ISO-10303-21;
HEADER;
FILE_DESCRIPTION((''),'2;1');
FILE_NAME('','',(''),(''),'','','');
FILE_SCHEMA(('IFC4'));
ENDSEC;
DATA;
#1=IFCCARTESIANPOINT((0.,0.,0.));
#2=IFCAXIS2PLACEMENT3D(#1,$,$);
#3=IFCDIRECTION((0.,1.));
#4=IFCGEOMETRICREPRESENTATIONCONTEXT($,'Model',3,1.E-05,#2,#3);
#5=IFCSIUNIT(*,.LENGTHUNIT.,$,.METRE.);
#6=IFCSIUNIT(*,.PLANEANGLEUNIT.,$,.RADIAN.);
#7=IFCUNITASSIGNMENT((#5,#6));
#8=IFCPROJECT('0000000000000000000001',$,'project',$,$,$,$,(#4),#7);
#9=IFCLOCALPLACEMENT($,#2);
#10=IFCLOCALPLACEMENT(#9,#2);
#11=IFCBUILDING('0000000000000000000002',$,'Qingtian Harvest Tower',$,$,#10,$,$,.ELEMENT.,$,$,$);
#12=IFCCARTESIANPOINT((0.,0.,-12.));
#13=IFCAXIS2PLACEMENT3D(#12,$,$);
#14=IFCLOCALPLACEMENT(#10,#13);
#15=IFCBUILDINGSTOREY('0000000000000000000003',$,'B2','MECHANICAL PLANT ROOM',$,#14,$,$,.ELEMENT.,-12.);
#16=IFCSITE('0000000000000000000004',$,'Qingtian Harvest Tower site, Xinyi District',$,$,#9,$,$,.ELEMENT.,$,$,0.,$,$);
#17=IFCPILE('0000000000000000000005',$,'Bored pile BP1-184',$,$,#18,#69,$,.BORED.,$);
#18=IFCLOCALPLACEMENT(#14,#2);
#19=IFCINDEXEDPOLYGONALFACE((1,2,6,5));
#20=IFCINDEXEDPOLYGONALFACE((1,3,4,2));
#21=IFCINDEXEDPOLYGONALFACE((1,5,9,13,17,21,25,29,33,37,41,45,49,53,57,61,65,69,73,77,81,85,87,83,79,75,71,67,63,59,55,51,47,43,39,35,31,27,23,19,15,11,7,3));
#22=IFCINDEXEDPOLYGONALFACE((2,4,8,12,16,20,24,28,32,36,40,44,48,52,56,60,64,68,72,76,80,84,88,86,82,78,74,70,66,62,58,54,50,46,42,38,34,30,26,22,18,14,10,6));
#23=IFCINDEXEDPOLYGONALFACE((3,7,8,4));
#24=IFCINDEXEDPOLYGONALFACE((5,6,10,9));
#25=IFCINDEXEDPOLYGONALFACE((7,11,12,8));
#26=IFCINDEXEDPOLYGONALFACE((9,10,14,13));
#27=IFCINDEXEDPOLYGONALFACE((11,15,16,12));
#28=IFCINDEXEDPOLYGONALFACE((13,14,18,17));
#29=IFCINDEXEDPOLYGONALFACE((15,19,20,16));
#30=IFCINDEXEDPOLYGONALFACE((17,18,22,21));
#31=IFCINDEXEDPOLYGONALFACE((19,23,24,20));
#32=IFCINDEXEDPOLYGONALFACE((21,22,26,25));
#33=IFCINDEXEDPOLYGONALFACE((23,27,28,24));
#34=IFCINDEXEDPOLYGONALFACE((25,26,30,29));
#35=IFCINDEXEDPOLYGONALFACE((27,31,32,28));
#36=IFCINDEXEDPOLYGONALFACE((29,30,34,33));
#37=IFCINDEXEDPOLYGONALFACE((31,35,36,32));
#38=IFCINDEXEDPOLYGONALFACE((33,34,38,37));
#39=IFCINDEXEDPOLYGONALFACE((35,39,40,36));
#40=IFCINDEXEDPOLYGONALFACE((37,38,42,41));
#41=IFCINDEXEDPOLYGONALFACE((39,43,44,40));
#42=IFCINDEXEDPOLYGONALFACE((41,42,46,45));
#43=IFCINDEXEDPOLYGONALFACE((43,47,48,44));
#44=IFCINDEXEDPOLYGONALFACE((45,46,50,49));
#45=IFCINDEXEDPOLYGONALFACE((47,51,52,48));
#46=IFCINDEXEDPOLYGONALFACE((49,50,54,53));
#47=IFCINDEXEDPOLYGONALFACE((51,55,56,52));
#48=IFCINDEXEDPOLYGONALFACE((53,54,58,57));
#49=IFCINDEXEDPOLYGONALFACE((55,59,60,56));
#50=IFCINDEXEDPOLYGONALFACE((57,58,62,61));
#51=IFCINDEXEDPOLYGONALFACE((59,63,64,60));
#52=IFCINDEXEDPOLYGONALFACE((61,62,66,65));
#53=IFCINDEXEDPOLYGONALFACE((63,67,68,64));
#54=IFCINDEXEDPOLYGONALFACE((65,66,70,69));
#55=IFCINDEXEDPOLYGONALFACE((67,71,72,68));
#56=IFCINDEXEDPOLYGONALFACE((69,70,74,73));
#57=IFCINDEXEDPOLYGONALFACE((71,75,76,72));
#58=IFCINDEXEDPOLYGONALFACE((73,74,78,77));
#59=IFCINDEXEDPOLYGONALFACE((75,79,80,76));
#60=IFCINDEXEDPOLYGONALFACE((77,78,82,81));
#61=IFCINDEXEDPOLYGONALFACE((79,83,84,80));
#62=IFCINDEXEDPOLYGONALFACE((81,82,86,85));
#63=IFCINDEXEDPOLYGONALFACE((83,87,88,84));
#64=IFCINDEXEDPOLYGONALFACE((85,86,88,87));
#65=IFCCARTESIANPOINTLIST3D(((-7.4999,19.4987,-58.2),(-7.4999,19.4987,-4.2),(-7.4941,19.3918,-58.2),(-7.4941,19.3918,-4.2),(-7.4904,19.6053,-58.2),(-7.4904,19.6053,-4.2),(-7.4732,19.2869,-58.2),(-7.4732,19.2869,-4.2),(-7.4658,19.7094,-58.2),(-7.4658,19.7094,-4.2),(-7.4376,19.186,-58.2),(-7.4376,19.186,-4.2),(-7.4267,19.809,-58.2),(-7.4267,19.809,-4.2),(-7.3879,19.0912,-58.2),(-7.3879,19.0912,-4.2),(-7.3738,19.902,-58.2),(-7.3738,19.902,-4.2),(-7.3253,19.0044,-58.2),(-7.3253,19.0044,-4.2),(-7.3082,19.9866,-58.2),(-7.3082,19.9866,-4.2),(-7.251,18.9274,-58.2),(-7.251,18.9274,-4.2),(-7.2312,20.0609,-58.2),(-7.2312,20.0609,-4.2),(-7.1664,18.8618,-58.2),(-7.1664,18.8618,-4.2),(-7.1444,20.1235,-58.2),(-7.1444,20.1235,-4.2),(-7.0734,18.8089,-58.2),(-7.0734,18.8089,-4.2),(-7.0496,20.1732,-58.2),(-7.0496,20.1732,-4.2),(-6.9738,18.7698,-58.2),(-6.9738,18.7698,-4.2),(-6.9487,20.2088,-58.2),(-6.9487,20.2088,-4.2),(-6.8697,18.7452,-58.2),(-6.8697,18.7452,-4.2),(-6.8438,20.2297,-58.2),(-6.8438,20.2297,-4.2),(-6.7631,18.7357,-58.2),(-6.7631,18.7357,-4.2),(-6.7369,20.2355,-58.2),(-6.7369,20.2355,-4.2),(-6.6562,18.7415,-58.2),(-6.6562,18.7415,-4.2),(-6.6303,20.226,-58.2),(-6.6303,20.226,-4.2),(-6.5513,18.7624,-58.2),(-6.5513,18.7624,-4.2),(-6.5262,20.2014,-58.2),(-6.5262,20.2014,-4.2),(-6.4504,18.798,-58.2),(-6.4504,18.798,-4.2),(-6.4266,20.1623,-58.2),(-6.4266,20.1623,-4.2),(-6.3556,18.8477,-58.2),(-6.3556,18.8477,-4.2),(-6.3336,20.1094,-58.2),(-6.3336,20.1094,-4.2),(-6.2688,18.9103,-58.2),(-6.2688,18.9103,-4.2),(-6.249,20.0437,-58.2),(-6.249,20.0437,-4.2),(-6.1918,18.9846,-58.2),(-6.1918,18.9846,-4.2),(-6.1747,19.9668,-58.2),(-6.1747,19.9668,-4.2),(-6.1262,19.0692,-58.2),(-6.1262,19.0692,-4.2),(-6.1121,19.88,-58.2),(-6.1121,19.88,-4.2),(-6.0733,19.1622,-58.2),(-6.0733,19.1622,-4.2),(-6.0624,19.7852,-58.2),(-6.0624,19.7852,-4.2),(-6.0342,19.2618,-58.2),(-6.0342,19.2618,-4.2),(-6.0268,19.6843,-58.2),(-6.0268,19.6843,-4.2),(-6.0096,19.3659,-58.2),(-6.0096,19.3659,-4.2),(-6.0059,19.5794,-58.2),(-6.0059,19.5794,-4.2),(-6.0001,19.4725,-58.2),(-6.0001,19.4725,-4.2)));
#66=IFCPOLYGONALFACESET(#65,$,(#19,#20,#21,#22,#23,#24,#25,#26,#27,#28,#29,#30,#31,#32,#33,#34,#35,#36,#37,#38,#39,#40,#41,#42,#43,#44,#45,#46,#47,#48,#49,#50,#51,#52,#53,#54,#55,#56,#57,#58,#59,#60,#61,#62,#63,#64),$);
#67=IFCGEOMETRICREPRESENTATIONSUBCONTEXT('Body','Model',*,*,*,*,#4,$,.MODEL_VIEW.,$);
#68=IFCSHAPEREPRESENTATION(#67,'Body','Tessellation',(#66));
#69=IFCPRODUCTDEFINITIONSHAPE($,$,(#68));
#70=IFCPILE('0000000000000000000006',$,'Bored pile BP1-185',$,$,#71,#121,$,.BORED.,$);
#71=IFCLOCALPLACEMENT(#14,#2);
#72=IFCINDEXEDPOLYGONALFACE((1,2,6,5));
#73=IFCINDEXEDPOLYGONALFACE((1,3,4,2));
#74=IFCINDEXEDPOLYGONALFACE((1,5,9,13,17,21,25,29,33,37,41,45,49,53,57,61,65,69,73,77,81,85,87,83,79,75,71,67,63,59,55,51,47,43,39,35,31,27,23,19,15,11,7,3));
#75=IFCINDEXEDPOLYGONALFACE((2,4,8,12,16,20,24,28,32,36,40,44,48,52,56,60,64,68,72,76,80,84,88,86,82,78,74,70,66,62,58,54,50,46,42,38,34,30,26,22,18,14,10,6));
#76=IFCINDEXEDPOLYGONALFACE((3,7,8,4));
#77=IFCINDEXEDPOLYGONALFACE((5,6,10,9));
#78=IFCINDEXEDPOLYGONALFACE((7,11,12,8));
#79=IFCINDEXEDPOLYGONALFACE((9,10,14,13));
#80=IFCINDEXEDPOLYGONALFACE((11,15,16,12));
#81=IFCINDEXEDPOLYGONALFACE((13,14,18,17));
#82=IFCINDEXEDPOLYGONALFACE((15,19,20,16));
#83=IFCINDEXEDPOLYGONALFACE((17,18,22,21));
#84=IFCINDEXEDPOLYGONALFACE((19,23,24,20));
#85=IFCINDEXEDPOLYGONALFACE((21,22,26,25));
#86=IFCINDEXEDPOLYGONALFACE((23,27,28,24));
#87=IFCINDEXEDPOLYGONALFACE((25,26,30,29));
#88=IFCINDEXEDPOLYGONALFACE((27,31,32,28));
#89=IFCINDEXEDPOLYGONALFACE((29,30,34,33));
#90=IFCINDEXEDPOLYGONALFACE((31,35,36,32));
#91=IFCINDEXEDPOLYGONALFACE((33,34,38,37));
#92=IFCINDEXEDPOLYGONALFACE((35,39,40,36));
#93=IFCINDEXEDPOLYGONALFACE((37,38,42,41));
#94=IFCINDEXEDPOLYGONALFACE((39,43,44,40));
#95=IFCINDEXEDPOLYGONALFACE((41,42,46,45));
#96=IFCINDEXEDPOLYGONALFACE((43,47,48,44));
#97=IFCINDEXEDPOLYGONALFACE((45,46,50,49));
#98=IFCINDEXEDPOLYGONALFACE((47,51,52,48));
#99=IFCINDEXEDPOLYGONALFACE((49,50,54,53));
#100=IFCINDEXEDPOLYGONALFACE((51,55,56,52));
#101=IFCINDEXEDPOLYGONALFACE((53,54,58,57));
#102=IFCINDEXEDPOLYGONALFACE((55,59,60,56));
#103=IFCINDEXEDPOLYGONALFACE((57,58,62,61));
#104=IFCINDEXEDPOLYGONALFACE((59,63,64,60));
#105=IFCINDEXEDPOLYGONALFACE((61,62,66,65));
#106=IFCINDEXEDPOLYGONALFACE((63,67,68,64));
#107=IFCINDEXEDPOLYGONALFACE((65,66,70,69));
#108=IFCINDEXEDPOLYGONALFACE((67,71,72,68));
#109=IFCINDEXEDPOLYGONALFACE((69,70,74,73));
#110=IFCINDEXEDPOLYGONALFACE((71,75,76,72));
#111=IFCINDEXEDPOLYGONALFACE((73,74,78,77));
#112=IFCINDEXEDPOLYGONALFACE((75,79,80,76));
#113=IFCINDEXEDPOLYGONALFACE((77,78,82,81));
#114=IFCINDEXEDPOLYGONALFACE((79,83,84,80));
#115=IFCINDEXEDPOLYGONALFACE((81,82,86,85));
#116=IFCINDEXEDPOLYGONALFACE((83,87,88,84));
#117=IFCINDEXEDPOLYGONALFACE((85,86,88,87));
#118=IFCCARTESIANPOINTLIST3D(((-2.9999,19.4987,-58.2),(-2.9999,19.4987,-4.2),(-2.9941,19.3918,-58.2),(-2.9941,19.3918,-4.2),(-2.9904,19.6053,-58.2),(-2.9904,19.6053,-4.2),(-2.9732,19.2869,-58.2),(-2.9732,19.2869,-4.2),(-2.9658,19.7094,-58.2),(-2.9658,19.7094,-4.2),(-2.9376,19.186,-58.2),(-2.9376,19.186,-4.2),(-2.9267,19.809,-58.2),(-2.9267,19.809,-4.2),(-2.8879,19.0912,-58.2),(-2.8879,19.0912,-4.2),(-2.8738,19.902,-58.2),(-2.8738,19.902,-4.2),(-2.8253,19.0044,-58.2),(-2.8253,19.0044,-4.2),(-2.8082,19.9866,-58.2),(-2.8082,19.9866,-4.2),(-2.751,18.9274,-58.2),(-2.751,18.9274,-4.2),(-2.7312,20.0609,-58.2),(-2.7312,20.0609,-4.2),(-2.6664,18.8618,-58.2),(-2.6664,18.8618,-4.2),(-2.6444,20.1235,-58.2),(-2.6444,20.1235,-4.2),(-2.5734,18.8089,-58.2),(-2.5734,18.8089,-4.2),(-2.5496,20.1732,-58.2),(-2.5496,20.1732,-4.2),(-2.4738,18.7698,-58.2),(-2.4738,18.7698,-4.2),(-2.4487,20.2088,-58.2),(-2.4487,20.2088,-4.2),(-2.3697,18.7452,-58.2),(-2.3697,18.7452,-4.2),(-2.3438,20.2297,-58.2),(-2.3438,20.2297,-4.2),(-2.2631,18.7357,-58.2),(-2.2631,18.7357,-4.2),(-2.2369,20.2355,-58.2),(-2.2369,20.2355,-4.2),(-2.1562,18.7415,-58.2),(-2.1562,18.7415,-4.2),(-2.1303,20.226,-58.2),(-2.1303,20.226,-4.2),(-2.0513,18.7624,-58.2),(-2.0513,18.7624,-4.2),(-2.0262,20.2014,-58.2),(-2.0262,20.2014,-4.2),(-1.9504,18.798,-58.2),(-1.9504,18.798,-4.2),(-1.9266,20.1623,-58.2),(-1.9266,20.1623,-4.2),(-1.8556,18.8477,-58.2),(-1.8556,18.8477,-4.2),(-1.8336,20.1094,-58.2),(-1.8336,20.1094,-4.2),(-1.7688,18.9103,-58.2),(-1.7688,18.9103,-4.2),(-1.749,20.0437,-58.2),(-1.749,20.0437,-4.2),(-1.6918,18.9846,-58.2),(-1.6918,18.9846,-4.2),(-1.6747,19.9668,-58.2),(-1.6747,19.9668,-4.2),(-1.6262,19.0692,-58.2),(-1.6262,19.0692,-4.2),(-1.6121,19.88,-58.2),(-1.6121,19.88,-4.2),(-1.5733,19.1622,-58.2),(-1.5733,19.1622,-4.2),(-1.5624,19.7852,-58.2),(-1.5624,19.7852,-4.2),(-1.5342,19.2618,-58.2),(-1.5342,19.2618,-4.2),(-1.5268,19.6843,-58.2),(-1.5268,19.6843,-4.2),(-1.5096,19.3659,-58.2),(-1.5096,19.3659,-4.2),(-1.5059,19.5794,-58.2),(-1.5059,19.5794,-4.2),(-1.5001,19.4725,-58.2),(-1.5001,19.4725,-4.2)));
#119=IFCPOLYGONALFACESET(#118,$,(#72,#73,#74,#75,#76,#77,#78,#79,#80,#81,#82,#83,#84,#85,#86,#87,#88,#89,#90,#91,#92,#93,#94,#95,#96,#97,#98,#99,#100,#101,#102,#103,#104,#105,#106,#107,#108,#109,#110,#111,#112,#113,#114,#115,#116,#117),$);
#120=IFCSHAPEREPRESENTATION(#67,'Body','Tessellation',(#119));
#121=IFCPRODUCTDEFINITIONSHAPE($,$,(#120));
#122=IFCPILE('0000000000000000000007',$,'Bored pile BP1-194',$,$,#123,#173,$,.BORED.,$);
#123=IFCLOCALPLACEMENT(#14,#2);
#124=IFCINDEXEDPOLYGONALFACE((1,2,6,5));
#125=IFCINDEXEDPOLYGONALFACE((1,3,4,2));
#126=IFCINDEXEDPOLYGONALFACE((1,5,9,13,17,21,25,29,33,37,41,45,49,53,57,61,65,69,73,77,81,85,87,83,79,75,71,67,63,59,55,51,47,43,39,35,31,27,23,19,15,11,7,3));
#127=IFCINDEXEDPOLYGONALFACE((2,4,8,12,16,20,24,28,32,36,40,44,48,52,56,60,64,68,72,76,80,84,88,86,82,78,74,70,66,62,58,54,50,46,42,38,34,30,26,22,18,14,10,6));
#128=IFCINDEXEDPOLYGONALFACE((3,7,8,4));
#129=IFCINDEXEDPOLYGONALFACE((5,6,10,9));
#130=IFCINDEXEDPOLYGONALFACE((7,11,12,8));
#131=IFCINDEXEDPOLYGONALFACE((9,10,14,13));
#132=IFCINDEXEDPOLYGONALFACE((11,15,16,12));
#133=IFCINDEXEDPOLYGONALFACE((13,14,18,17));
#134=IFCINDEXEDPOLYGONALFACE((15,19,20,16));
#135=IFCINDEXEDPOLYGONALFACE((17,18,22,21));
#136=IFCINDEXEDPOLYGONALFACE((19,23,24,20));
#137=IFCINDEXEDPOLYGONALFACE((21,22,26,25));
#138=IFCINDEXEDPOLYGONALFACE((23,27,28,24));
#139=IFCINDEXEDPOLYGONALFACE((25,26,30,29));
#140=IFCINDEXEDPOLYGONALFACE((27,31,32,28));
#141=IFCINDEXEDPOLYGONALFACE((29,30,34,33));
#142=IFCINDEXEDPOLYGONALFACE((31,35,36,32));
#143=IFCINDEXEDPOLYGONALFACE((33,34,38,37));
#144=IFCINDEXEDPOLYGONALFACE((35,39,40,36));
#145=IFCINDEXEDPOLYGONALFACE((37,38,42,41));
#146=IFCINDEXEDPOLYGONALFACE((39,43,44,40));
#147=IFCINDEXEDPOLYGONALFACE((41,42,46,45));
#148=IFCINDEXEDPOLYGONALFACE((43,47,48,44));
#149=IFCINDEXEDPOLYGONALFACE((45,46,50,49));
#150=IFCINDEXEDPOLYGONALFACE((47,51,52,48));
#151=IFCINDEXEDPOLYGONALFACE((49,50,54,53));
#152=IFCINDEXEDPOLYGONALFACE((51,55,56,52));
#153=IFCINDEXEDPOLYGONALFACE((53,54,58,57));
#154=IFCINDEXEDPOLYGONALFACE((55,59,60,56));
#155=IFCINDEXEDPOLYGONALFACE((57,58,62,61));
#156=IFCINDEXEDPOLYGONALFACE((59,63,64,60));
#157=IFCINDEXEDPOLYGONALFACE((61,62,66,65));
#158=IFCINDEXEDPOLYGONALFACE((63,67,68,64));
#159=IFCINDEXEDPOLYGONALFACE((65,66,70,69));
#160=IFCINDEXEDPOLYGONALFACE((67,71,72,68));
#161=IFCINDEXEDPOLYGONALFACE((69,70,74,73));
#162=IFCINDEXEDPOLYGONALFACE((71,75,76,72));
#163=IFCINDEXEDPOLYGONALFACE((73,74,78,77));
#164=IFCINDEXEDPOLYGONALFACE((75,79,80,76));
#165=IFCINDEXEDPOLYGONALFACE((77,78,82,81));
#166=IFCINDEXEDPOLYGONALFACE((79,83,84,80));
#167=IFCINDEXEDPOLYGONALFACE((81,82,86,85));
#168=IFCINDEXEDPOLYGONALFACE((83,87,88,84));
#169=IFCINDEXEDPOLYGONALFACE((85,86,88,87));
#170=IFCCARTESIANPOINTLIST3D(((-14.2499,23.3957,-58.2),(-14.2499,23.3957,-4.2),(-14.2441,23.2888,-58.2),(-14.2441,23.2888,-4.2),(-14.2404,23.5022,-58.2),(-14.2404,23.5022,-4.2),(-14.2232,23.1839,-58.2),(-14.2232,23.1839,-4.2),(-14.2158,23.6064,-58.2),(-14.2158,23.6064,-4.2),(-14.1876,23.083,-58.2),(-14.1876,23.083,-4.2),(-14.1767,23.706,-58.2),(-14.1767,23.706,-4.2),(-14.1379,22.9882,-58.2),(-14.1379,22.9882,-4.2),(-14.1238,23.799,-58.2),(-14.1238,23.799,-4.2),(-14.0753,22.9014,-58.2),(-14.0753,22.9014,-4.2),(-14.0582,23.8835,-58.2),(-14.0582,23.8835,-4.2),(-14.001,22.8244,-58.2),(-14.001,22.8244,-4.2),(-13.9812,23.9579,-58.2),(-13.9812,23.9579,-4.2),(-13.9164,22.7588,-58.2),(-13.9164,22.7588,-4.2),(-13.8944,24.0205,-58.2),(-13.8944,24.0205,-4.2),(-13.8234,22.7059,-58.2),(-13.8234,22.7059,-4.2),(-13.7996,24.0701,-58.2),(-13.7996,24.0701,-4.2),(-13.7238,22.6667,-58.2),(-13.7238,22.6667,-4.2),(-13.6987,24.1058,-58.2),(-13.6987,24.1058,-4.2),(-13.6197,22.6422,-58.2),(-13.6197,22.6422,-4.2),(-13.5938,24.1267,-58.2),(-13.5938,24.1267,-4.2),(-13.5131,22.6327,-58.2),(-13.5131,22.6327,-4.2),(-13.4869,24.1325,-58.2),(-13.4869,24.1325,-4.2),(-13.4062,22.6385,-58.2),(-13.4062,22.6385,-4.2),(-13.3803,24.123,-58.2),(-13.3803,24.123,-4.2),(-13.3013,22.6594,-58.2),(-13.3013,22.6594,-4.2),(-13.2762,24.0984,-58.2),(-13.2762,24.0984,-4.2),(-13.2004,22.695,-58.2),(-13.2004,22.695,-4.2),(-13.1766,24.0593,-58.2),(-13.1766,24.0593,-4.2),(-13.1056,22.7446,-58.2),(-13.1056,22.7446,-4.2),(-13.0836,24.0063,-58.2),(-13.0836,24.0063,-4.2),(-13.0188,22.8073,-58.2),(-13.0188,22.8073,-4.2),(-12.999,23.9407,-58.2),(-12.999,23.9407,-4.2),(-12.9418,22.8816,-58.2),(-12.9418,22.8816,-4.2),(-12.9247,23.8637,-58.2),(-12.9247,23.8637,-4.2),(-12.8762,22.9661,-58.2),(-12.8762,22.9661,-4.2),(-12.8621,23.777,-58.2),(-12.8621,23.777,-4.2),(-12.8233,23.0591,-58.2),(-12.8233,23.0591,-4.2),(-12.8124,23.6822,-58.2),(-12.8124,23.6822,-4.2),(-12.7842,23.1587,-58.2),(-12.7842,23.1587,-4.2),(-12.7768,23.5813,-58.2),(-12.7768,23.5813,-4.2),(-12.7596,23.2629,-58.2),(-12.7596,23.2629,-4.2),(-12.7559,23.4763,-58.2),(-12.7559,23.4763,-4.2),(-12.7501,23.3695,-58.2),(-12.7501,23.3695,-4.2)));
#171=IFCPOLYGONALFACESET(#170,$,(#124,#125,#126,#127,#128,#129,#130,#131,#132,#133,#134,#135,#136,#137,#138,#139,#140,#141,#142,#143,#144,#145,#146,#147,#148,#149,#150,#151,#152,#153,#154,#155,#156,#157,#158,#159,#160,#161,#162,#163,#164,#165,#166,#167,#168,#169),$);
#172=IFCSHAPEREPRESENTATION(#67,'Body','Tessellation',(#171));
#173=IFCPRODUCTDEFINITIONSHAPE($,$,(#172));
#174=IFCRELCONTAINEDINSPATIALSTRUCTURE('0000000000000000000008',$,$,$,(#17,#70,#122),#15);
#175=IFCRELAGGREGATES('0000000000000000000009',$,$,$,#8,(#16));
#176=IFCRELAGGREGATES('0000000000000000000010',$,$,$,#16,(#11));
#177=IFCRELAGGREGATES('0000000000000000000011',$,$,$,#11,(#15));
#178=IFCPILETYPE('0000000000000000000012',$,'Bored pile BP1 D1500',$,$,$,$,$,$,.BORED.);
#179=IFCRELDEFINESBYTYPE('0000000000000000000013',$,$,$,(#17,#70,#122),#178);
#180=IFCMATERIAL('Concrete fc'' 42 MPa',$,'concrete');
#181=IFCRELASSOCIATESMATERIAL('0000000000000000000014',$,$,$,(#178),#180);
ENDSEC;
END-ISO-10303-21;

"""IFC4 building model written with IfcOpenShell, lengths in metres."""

from ifc_helpers import new_model, si_unit, direction, frame, frame_2d, origin, place, context, subcontext, project, spatial, circle, extrude, material, material_profile, profile_set, type_object, element, save


model = new_model("IFC4")

# Units and contexts
model_context = context("Model", 3, precision=1e-05, world=origin(), true_north=direction((0.0, 1.0)))
body_context = subcontext(model_context, "Body", "Model", "MODEL_VIEW")
ifc_project = project(units=[si_unit("LENGTHUNIT", "METRE"), si_unit("PLANEANGLEUNIT", "RADIAN")], contexts=[model_context])

# Site, building, storey
site_placement = place(None, origin())
site = spatial("IfcSite", under=ifc_project, at=site_placement, Name="Qingtian Harvest Tower site, Xinyi District", CompositionType="ELEMENT", RefElevation=0.0)
building_placement = place(site_placement, origin())
building = spatial("IfcBuilding", under=site, at=building_placement, Name="Qingtian Harvest Tower", CompositionType="ELEMENT")
storey_placement = place(building_placement, frame((0.0, 0.0, -12.0)))
storey = spatial("IfcBuildingStorey", under=building, at=storey_placement, Name="B2", Description="MECHANICAL PLANT ROOM", CompositionType="ELEMENT", Elevation=-12.0)

# Piles
ifc_material_1 = material(Name="Concrete fc' 42 MPa", Category="concrete")
ifc_material_profile_1 = material_profile(ifc_material_1, circle(Radius=0.75, at=frame_2d((0.0, 0.0), x_axis=(0.999848, 0.017452))), Name="Bored pile BP1 D1500")
ifc_profile_set_1 = profile_set([ifc_material_profile_1], Name="Concrete fc' 42 MPa")
pile_type = type_object("IfcPileType", Name="Bored pile BP1 D1500", PredefinedType="BORED", material=ifc_profile_set_1)
for number, where, z_axis, x_axis, name in (
    (1, (-6.75, 19.4856, -4.2), (0.0, 0.0, -1.0), (1.0, 0.0, 0.0), "Bored pile BP1-184"),
    (2, (-2.25, 19.4856, -4.2), (0.0, 0.0, -1.0), (1.0, 0.0, 0.0), "Bored pile BP1-185"),
    (3, (-13.5, 23.3826, -4.2), (0.0, 0.0, -1.0), (1.0, 0.0, 0.0), "Bored pile BP1-194"),
):
    element("IfcPile", number, at=place(storey_placement, frame(where, z_axis=z_axis, x_axis=x_axis)), inside=storey, type_object=pile_type, Name=name, PredefinedType="BORED", context=body_context, shape_type="SweptSolid", body=[
        extrude(circle(Radius=0.75, at=frame_2d((0.0, 0.0), x_axis=(0.999848, 0.017452))), origin(), (0.0, 0.0, 1.0), 54.0),
    ])

save(model, "model.ifc")
